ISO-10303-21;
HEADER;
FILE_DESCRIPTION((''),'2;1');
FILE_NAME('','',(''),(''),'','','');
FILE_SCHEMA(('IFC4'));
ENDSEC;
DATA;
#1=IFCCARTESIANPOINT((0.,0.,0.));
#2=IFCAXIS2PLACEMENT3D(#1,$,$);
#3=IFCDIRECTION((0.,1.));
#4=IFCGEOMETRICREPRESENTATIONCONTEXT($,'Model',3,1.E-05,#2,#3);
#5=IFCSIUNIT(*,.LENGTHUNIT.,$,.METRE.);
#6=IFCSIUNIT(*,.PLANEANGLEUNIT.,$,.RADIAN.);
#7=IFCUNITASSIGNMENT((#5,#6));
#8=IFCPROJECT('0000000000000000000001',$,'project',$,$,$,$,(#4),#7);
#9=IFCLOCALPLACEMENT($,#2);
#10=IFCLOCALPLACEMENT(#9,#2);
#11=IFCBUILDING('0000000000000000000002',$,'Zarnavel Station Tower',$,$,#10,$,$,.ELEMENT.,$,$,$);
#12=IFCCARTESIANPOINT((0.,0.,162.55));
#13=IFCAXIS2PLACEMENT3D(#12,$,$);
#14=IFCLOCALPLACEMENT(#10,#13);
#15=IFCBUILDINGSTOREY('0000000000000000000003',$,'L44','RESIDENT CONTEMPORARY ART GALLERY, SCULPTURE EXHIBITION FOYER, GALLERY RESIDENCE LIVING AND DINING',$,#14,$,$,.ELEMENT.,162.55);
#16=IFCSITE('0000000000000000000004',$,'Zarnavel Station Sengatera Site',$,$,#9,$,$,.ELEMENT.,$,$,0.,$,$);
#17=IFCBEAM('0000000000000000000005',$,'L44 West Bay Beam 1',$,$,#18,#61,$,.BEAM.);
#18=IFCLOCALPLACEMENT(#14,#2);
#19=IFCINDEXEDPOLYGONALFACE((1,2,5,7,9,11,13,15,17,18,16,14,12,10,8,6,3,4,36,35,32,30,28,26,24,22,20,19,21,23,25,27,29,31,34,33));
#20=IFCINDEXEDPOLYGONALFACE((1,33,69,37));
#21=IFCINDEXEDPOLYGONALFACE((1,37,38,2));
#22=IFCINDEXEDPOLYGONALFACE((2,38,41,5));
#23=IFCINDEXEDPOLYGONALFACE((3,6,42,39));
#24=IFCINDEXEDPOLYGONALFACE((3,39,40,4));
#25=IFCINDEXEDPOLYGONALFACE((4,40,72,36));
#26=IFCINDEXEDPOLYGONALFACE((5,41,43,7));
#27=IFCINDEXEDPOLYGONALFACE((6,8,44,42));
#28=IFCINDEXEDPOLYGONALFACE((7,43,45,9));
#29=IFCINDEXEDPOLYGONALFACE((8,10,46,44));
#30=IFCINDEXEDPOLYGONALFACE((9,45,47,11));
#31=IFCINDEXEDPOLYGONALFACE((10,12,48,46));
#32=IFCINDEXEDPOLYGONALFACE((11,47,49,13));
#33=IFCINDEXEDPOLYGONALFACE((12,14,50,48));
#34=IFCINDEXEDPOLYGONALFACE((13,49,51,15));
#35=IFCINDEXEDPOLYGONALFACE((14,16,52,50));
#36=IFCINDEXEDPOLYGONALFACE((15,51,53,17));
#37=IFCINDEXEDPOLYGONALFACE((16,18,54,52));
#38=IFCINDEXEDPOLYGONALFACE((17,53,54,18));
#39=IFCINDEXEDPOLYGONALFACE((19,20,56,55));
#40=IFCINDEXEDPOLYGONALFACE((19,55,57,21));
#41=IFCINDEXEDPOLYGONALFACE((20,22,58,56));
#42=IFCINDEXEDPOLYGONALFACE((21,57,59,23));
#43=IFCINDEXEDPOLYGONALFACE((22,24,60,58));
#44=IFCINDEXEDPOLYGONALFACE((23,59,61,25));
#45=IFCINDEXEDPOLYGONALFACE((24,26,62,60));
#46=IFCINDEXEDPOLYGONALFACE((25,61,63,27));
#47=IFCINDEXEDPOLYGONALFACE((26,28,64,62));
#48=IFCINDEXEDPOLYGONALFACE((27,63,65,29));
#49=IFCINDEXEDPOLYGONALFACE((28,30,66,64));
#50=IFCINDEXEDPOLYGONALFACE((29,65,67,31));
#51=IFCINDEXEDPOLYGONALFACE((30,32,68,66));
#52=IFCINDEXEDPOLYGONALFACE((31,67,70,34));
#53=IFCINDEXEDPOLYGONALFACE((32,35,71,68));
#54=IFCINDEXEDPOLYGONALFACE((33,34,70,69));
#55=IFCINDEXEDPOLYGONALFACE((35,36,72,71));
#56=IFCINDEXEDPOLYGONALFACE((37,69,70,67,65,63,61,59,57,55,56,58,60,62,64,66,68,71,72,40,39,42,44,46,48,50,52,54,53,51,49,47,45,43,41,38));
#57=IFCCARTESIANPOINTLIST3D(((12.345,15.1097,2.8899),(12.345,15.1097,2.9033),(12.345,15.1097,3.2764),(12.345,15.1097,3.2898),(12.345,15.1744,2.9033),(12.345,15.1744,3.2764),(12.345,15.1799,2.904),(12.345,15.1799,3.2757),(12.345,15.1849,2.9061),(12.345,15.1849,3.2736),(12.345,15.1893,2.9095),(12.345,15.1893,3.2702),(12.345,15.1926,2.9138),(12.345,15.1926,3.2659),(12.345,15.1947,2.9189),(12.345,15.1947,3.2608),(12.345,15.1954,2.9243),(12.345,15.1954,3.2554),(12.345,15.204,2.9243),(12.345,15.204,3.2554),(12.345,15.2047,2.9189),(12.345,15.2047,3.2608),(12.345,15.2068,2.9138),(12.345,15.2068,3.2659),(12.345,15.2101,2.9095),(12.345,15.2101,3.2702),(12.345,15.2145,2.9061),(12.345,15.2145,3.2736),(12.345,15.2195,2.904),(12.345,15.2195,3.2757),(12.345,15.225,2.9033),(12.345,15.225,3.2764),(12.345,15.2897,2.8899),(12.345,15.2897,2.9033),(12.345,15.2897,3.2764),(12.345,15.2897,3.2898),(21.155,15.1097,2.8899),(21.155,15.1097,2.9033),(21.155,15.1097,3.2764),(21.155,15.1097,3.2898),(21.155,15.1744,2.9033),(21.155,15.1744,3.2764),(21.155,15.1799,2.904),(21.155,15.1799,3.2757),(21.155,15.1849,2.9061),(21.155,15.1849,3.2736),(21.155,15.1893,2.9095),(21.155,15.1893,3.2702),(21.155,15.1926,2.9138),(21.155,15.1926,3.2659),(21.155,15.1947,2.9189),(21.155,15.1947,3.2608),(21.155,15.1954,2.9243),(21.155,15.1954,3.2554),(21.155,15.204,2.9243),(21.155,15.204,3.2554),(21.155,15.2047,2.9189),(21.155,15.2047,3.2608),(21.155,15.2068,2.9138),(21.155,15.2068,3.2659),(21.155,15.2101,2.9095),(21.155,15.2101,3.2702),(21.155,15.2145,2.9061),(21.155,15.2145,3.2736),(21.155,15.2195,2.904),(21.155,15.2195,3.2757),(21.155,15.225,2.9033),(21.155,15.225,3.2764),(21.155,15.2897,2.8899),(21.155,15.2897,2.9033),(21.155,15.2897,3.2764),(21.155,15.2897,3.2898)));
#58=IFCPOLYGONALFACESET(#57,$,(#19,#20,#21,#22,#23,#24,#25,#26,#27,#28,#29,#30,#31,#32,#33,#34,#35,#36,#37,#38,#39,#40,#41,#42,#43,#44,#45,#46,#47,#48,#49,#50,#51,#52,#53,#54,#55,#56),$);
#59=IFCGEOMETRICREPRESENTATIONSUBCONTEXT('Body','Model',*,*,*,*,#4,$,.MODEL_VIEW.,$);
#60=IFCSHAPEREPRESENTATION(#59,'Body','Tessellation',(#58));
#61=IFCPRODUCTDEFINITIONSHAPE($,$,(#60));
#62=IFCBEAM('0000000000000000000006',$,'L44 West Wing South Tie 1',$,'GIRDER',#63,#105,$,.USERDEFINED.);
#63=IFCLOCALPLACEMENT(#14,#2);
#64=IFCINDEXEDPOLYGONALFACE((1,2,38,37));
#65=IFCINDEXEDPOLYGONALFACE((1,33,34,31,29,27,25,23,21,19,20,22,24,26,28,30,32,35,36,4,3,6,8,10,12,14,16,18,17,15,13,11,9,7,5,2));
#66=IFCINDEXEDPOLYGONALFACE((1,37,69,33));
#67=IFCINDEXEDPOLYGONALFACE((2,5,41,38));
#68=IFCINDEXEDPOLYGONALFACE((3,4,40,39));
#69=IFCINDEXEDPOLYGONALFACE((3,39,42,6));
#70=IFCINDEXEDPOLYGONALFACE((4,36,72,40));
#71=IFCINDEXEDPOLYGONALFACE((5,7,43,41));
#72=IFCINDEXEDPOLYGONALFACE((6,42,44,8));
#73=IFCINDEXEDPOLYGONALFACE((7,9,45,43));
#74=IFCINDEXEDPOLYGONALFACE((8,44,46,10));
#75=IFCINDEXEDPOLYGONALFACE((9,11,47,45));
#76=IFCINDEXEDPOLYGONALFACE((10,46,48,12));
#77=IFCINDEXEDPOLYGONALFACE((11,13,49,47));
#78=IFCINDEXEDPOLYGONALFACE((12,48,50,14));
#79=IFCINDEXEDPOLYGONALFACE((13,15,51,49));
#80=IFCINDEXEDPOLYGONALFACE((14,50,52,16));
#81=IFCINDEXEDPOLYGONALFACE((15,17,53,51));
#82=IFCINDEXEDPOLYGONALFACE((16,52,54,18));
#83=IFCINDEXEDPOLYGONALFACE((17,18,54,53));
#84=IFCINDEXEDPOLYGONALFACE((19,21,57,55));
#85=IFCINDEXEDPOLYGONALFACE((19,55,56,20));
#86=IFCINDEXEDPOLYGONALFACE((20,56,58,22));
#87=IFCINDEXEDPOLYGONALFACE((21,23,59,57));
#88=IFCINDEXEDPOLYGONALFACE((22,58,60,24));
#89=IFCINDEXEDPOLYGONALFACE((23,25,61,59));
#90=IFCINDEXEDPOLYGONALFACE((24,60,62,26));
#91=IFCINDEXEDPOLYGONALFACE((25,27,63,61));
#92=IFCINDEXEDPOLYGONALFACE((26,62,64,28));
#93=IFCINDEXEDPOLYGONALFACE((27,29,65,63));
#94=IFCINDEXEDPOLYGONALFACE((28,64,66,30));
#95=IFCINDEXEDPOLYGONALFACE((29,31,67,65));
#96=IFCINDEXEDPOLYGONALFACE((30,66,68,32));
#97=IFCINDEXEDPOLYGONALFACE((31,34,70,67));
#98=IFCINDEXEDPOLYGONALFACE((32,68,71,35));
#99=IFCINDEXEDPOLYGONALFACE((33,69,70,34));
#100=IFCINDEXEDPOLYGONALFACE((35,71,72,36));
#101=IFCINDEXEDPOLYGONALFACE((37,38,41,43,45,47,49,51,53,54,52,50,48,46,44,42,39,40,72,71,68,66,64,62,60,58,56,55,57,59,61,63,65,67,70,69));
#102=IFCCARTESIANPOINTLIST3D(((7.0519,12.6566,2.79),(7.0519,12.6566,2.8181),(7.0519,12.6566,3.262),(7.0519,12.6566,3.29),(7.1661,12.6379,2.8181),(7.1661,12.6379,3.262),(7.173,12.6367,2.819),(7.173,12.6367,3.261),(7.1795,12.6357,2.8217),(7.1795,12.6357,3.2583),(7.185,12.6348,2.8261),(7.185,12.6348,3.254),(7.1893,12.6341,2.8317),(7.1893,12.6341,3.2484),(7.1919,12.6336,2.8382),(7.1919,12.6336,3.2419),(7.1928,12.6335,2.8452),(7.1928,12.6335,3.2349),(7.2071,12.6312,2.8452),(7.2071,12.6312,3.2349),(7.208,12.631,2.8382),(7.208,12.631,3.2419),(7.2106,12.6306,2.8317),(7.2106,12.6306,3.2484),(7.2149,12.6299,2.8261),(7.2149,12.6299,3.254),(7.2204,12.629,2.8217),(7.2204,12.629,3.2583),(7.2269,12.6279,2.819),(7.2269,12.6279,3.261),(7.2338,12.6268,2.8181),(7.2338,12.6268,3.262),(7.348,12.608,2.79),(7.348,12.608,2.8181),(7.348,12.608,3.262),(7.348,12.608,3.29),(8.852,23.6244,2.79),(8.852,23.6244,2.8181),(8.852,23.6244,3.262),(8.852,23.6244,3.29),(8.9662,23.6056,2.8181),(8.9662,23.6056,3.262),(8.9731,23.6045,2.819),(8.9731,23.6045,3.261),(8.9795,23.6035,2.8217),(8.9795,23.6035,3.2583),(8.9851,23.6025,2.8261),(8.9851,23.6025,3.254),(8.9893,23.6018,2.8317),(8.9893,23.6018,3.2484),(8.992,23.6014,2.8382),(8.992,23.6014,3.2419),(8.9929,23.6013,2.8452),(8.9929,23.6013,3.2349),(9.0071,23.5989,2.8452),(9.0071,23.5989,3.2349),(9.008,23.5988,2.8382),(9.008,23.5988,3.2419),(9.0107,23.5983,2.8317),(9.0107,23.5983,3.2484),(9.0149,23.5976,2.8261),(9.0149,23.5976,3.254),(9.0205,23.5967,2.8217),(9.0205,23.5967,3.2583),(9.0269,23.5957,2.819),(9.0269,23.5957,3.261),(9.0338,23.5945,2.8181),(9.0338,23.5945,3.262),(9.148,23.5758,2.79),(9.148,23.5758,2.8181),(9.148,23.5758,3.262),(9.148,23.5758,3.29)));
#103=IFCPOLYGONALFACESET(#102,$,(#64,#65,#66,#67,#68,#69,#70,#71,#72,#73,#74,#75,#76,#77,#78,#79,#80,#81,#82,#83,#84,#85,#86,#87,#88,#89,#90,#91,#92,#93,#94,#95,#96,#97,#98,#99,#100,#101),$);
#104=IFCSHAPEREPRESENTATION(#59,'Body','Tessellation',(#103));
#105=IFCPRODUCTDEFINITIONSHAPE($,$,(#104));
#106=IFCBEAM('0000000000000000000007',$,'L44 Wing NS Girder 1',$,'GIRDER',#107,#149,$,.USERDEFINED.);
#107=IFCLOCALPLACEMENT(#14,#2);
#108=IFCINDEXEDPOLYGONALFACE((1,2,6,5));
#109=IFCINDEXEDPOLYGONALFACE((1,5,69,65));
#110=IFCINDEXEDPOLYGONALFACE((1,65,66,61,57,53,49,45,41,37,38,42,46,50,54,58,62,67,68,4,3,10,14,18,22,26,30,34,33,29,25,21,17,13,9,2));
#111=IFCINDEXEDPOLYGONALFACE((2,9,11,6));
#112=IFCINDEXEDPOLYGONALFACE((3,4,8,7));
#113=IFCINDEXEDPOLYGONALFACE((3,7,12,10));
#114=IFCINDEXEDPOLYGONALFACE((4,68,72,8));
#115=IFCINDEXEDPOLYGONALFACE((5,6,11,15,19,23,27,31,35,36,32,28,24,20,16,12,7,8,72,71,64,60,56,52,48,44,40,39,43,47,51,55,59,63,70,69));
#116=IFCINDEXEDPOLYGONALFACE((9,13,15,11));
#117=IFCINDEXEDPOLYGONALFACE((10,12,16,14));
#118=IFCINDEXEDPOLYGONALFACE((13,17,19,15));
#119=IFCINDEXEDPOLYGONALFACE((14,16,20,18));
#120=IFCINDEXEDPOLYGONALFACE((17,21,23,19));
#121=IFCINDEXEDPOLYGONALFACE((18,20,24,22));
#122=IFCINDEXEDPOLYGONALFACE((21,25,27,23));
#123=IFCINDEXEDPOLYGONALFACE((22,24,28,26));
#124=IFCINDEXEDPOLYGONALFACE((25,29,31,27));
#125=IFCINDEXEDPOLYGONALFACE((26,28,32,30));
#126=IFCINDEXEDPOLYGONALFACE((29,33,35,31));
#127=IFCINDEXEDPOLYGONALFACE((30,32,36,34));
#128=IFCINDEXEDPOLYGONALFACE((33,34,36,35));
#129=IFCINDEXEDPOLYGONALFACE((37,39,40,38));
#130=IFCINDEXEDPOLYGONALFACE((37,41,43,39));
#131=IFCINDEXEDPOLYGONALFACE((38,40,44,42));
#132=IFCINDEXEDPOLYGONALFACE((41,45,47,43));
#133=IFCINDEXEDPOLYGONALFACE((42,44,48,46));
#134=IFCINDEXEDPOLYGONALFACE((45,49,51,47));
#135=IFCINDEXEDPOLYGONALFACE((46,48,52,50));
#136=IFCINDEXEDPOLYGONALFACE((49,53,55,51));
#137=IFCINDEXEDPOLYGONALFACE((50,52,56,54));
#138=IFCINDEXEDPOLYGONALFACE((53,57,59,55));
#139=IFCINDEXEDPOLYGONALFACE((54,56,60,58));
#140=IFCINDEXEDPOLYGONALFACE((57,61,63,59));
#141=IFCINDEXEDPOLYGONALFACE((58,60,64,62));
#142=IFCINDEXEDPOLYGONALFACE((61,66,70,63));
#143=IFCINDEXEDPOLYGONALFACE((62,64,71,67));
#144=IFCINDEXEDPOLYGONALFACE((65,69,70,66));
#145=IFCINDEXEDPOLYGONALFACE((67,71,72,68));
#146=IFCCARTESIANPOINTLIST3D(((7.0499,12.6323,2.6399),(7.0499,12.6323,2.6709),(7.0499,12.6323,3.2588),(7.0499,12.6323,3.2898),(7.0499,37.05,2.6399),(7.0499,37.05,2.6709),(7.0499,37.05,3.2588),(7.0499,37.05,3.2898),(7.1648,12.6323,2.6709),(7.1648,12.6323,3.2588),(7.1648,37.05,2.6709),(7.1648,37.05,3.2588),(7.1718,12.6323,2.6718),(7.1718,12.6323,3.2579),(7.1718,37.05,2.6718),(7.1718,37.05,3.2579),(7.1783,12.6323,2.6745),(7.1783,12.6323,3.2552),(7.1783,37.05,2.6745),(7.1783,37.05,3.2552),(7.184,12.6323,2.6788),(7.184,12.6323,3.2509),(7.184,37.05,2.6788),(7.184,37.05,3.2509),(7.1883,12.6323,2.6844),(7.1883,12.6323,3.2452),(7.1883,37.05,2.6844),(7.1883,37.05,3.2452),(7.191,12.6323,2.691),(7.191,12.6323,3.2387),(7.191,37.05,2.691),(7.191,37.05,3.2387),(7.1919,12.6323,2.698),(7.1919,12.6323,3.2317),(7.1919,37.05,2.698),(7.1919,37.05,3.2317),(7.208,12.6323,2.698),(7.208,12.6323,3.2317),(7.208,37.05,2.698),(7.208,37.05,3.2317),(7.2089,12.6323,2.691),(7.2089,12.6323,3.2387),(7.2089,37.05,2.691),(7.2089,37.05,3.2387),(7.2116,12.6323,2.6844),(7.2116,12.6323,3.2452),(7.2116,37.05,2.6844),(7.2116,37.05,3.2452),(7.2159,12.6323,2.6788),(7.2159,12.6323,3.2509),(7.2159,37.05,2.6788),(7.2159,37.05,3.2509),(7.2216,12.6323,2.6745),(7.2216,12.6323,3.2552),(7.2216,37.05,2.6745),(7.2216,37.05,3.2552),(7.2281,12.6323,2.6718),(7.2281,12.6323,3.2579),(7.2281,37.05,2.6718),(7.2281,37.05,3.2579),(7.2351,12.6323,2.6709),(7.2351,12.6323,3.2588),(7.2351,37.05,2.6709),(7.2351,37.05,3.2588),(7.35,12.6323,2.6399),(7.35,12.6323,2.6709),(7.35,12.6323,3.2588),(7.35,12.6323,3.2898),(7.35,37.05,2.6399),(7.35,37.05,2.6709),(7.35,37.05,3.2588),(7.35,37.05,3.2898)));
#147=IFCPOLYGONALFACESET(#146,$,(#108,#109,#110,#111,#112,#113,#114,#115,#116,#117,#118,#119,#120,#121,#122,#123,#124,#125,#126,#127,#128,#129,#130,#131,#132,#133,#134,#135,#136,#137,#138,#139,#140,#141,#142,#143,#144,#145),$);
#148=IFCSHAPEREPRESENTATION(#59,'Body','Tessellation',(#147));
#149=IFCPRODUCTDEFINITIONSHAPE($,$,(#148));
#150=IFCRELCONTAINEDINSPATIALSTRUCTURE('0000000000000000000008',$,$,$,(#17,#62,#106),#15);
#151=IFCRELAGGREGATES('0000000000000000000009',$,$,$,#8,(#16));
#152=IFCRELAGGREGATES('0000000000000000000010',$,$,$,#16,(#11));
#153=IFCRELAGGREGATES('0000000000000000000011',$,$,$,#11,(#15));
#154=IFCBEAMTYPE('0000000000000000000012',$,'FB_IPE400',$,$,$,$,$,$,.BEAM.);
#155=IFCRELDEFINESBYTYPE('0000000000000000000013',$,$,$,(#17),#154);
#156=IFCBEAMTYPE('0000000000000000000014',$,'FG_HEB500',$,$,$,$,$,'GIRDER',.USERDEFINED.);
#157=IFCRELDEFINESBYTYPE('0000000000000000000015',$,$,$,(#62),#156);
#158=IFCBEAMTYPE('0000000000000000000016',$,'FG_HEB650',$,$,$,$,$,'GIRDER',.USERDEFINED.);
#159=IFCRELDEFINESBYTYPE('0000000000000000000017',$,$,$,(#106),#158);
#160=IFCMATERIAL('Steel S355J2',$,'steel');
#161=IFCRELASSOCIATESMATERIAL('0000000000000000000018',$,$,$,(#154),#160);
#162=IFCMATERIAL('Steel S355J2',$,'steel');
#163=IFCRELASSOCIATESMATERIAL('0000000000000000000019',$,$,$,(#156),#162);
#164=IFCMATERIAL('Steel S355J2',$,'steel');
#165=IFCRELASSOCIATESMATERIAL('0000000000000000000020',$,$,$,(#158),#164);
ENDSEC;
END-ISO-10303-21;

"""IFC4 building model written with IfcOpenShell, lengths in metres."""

from ifc_helpers import new_model, si_unit, direction, frame, origin, origin_2d, place, context, subcontext, project, spatial, i_section, extrude, material, material_profile, profile_set, type_object, element, save


model = new_model("IFC4")

# Units and contexts
model_context = context("Model", 3, precision=1e-05, world=origin(), true_north=direction((0.0, 1.0)))
body_context = subcontext(model_context, "Body", "Model", "MODEL_VIEW")
ifc_project = project(units=[si_unit("LENGTHUNIT", "METRE"), si_unit("PLANEANGLEUNIT", "RADIAN")], contexts=[model_context])

# Site, building, storey
site_placement = place(None, origin())
site = spatial("IfcSite", under=ifc_project, at=site_placement, Name="Zarnavel Station Sengatera Site", CompositionType="ELEMENT", RefElevation=0.0)
building_placement = place(site_placement, origin())
building = spatial("IfcBuilding", under=site, at=building_placement, Name="Zarnavel Station Tower", CompositionType="ELEMENT")
storey_placement = place(building_placement, frame((0.0, 0.0, 162.55)))
storey = spatial("IfcBuildingStorey", under=building, at=storey_placement, Name="L44", Description="RESIDENT CONTEMPORARY ART GALLERY, SCULPTURE EXHIBITION FOYER, GALLERY RESIDENCE LIVING AND DINING", CompositionType="ELEMENT", Elevation=162.55)

# Beams
ifc_material_1 = material(Name="Steel S355J2", Category="steel")
ifc_material_profile_1 = material_profile(ifc_material_1, i_section(OverallWidth=0.1799, OverallDepth=0.3999, WebThickness=0.0085, FlangeThickness=0.0134, FilletRadius=0.021, at=origin_2d()), Name="IPE400")
ifc_profile_set_1 = profile_set([ifc_material_profile_1], Name="Steel S355J2")
beam_type_1 = type_object("IfcBeamType", Name="FB_IPE400", PredefinedType="BEAM", material=ifc_profile_set_1)
beam_1_placement = place(storey_placement, frame((12.345, 15.1997, 3.0898), z_axis=(1.0, 0.0, 0.0), x_axis=(0.0, 1.0, 0.0)))
element("IfcBeam", 1, at=beam_1_placement, inside=storey, type_object=beam_type_1, Name="L44 West Bay Beam 1", PredefinedType="BEAM", context=body_context, shape_type="SweptSolid", body=[
    extrude(i_section(OverallWidth=0.1799, OverallDepth=0.3999, WebThickness=0.0085, FlangeThickness=0.0134, FilletRadius=0.021, at=origin_2d()), origin(), (0.0, 0.0, 1.0), 8.8101),
])
ifc_material_2 = material(Name="Steel S355J2", Category="steel")
ifc_material_profile_2 = material_profile(ifc_material_2, i_section(OverallWidth=0.3, OverallDepth=0.5, WebThickness=0.0144, FlangeThickness=0.0281, FilletRadius=0.0271, at=origin_2d()), Name="HEB500")
ifc_profile_set_2 = profile_set([ifc_material_profile_2], Name="Steel S355J2")
beam_type_2 = type_object("IfcBeamType", Name="FG_HEB500", ElementType="GIRDER", PredefinedType="USERDEFINED", material=ifc_profile_set_2)
beam_2_placement = place(storey_placement, frame((7.2, 12.6323, 3.04), z_axis=(0.161955, 0.986798, 0.0), x_axis=(-0.986798, 0.161955, 0.0)))
element("IfcBeam", 2, at=beam_2_placement, inside=storey, type_object=beam_type_2, Name="L44 West Wing South Tie 1", ObjectType="GIRDER", PredefinedType="USERDEFINED", context=body_context, shape_type="SweptSolid", body=[
    extrude(i_section(OverallWidth=0.3, OverallDepth=0.5, WebThickness=0.0144, FlangeThickness=0.0281, FilletRadius=0.0271, at=origin_2d()), origin(), (0.0, 0.0, 1.0), 11.1145),
])
ifc_material_3 = material(Name="Steel S355J2", Category="steel")
ifc_material_profile_3 = material_profile(ifc_material_3, i_section(OverallWidth=0.3, OverallDepth=0.6499, WebThickness=0.0161, FlangeThickness=0.031, FilletRadius=0.0271, at=origin_2d()), Name="HEB650")
ifc_profile_set_3 = profile_set([ifc_material_profile_3], Name="Steel S355J2")
beam_type_3 = type_object("IfcBeamType", Name="FG_HEB650", ElementType="GIRDER", PredefinedType="USERDEFINED", material=ifc_profile_set_3)
beam_3_placement = place(storey_placement, frame((7.2, 12.6323, 2.9648), z_axis=(0.0, 1.0, 0.0), x_axis=(-1.0, 0.0, 0.0)))
element("IfcBeam", 3, at=beam_3_placement, inside=storey, type_object=beam_type_3, Name="L44 Wing NS Girder 1", ObjectType="GIRDER", PredefinedType="USERDEFINED", context=body_context, shape_type="SweptSolid", body=[
    extrude(i_section(OverallWidth=0.3, OverallDepth=0.6499, WebThickness=0.0161, FlangeThickness=0.031, FilletRadius=0.0271, at=origin_2d()), origin(), (0.0, 0.0, 1.0), 24.4177),
])

save(model, "model.ifc")
